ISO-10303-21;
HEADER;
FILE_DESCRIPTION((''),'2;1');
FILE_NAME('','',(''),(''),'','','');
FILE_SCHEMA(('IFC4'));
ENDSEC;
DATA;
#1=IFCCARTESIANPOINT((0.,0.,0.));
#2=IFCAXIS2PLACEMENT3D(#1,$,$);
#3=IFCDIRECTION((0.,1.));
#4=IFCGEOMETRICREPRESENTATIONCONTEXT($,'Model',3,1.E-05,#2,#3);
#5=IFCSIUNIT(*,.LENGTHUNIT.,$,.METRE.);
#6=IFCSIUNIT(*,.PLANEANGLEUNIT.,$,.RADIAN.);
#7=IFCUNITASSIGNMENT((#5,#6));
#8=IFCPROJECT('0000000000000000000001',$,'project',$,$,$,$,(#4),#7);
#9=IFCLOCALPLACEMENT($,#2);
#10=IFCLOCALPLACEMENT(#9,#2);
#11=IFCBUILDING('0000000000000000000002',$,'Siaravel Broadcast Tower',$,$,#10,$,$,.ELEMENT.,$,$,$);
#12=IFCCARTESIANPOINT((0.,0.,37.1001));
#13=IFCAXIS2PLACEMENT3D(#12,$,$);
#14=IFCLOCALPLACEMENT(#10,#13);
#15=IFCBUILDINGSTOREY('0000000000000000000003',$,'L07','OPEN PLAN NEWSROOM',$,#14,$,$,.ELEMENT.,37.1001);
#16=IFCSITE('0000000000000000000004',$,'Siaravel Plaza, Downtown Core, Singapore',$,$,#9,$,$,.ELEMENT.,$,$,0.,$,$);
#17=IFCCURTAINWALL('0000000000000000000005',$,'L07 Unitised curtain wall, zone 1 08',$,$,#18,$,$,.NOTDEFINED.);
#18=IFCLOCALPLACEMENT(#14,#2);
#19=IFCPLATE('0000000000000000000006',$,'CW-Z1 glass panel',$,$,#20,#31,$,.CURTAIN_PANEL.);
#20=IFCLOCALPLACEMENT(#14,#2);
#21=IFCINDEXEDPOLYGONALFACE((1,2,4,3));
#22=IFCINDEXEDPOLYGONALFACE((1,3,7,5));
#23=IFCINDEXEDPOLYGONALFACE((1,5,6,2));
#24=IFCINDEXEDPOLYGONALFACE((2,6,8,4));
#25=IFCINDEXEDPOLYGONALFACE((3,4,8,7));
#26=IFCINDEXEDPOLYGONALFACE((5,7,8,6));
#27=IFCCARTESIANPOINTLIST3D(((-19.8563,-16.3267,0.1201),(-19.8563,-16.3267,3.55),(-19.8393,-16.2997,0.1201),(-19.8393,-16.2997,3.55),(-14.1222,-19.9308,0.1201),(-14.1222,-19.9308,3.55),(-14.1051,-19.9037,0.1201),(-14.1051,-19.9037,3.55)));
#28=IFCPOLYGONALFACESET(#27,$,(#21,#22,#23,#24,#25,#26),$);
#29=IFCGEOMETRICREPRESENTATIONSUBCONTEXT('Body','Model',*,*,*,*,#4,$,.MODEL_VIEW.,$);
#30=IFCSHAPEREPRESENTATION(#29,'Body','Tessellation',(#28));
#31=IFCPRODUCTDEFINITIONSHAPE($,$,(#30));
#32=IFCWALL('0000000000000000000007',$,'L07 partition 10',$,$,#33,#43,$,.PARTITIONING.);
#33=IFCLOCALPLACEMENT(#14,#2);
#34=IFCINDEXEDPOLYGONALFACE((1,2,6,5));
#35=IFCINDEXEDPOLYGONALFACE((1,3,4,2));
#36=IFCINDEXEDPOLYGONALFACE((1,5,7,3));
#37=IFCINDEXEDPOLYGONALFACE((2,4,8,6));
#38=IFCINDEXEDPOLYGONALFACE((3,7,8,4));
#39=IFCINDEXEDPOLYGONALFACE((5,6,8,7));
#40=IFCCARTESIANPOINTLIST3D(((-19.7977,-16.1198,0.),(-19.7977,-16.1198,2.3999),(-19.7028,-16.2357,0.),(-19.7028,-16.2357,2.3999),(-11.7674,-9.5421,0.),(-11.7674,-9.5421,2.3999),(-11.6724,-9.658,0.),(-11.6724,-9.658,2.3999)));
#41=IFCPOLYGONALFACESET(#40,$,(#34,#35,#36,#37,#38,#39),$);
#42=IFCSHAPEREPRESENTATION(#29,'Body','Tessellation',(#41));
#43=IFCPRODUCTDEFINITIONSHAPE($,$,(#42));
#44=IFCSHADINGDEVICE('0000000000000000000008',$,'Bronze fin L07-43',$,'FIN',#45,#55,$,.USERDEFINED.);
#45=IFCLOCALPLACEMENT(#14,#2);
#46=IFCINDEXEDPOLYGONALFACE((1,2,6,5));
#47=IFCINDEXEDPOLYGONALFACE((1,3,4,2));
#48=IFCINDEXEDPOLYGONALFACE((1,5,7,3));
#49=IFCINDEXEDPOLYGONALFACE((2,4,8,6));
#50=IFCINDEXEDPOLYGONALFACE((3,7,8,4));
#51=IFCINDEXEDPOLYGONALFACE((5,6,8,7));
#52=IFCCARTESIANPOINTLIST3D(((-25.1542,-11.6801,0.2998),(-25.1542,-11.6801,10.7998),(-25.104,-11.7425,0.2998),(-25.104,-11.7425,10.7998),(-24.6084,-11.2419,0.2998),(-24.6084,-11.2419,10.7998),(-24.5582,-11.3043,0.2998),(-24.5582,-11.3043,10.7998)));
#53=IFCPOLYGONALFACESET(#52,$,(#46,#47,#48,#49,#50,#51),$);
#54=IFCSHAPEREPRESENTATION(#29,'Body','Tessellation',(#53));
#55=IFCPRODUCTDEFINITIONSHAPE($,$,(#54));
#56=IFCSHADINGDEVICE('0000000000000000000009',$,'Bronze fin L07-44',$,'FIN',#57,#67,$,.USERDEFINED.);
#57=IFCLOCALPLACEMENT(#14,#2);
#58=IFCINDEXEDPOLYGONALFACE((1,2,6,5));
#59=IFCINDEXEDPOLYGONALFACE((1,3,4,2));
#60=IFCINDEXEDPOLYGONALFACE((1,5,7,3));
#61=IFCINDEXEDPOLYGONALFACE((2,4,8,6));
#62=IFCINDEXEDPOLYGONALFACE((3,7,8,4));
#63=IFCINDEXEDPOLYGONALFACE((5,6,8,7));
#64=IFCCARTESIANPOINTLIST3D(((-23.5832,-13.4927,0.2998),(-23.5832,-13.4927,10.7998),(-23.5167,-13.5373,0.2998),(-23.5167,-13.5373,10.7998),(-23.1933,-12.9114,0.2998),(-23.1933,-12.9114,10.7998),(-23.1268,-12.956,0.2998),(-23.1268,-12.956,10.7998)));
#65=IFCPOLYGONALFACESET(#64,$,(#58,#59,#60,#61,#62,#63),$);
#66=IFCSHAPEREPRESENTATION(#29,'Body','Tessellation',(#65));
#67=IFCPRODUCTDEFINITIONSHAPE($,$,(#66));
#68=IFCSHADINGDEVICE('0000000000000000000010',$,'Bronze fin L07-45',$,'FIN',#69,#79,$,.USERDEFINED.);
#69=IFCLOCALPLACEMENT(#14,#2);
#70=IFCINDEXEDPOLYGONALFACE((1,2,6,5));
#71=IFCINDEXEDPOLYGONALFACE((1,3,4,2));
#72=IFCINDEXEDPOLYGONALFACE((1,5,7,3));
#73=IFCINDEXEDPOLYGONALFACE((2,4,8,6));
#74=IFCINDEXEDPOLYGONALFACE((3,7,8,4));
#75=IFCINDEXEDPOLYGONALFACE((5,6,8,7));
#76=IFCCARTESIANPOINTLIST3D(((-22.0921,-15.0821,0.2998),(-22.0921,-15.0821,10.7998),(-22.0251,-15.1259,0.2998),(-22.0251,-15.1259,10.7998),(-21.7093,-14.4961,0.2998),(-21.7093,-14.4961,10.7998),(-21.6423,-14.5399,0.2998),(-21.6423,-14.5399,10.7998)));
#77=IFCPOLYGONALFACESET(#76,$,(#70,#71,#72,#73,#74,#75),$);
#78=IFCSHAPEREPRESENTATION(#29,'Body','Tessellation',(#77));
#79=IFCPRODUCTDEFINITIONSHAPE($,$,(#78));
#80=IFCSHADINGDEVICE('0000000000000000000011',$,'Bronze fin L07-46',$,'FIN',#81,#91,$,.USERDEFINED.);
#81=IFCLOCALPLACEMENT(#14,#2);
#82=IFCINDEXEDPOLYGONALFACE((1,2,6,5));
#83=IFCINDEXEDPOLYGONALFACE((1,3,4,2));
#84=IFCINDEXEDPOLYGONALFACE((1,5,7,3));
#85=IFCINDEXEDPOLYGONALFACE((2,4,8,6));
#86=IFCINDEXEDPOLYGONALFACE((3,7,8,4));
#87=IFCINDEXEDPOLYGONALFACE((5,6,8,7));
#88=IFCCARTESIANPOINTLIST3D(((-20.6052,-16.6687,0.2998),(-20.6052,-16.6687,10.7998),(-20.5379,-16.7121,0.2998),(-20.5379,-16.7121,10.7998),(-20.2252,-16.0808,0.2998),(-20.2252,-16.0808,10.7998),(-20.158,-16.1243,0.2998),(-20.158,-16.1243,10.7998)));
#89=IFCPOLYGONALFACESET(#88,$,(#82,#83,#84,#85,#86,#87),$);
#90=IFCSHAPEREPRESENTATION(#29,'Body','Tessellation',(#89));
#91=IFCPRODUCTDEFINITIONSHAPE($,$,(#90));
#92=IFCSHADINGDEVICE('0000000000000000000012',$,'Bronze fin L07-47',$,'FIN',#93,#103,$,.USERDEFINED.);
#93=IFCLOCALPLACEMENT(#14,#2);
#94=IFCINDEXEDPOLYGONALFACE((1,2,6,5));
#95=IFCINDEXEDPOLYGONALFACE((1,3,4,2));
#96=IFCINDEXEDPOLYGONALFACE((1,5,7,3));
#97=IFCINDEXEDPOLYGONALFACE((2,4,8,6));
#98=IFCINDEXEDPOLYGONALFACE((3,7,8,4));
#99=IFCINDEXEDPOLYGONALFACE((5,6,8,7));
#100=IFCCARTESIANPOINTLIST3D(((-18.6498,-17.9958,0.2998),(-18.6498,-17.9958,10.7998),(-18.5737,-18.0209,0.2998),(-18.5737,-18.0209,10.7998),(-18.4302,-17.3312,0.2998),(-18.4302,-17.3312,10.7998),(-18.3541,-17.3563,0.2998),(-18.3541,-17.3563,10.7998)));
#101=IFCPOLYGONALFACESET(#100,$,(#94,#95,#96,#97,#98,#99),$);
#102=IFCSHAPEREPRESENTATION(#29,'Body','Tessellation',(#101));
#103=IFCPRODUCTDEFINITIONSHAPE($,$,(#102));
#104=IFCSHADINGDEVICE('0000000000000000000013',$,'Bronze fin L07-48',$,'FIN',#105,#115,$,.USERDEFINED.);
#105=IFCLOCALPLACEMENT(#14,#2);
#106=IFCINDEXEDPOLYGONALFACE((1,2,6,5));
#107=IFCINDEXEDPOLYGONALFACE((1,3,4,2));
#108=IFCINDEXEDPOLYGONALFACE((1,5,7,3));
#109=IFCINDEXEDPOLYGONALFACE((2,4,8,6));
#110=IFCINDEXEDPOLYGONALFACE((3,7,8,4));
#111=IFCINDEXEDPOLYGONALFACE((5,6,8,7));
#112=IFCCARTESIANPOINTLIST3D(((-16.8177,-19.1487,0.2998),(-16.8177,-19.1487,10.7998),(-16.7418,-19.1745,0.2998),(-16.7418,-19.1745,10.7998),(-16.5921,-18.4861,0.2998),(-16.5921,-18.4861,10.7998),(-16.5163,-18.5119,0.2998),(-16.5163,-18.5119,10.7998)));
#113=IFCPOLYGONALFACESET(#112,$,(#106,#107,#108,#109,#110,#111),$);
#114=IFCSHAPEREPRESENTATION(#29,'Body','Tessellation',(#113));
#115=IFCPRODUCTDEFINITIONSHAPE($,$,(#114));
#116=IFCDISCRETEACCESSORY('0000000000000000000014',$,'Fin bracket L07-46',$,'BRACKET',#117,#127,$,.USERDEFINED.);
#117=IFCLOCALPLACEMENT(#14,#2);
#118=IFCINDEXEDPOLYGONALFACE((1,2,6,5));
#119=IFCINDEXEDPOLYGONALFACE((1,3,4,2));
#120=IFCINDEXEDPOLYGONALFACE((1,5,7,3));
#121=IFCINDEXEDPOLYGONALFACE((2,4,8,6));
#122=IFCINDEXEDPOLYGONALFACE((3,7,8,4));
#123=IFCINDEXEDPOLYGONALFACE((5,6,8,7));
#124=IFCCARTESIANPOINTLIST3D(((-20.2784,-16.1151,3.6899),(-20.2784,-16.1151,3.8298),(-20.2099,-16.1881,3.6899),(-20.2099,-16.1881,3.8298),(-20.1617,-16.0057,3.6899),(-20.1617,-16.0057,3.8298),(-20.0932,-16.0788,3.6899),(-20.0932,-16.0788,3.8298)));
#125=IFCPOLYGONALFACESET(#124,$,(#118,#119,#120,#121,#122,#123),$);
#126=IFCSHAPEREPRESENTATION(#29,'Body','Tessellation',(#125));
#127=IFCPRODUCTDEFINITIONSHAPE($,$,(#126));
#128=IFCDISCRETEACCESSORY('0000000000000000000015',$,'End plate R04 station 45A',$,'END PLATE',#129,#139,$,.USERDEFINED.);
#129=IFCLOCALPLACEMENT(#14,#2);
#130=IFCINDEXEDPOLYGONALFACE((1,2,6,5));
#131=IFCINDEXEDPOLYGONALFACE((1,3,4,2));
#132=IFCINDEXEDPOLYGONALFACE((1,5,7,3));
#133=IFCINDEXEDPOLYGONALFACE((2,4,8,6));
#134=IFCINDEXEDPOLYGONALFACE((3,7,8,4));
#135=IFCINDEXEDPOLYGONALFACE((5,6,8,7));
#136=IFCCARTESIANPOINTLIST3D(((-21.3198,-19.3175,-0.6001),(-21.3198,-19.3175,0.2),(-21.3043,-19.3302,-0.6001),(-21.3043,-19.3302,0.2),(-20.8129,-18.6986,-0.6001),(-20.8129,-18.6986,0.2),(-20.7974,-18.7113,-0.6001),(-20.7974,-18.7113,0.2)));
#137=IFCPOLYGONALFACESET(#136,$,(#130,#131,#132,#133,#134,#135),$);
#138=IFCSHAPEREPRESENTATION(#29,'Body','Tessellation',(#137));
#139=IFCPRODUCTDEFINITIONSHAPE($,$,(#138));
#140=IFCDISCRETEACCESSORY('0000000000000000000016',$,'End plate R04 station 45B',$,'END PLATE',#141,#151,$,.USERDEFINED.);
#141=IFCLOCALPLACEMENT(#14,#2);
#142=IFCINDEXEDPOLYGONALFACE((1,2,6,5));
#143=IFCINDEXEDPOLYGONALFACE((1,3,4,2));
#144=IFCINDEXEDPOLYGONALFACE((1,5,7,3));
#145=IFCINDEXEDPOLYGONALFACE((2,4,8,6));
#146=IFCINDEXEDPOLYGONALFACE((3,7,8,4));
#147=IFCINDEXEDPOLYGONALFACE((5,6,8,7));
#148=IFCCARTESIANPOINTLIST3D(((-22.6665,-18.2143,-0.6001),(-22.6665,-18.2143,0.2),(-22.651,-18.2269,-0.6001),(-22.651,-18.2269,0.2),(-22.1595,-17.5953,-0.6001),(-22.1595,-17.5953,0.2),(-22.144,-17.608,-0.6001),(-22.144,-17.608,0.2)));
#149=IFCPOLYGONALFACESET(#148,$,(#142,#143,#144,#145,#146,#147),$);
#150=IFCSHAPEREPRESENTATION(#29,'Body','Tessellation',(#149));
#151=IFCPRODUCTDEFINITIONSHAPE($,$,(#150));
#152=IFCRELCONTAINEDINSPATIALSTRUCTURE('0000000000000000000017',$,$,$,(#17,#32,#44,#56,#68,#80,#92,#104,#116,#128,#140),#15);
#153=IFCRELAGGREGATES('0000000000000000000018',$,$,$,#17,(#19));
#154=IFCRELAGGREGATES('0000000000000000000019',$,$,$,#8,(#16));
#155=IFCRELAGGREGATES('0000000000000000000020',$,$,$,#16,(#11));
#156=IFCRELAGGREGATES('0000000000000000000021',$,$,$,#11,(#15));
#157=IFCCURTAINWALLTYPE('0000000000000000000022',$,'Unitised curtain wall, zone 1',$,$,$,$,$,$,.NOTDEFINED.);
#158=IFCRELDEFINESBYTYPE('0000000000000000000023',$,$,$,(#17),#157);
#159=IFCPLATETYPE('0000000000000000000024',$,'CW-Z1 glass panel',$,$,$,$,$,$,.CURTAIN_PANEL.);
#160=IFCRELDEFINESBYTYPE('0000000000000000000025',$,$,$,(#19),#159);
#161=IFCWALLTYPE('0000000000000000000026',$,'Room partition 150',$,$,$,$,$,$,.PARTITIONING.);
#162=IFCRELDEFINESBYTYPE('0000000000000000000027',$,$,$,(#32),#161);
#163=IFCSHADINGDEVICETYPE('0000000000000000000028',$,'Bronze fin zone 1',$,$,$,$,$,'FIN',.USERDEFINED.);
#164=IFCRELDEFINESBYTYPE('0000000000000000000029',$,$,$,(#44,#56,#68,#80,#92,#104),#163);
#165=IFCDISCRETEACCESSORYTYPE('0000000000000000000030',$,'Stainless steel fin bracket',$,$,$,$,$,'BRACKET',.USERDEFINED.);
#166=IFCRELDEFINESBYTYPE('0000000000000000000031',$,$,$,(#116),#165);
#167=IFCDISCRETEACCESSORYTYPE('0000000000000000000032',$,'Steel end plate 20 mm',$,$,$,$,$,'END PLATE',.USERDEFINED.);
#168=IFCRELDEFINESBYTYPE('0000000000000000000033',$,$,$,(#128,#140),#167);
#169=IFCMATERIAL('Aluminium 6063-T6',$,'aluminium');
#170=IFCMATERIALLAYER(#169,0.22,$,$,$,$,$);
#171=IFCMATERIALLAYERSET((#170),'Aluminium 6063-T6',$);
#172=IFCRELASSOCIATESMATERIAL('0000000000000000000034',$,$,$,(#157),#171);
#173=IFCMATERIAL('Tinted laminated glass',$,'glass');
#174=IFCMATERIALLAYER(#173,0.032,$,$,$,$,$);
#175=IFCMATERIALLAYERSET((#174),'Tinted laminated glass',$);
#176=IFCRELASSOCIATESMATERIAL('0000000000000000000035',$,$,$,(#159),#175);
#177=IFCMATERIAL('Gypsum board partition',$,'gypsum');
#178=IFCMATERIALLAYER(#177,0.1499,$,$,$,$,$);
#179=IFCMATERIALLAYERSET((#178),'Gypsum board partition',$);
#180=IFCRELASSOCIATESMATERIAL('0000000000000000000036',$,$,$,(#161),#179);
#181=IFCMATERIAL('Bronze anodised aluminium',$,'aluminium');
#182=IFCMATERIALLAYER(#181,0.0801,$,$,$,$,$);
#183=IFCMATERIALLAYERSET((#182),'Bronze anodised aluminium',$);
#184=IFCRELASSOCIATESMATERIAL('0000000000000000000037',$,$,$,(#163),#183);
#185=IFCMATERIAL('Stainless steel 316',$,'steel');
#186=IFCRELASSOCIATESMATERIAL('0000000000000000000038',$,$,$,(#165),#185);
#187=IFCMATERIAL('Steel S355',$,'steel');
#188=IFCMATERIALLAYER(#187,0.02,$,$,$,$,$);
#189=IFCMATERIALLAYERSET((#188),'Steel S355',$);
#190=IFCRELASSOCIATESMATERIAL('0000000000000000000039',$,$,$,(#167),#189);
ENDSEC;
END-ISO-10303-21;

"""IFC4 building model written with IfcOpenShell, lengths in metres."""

from ifc_helpers import new_model, si_unit, direction, frame, frame_2d, origin, origin_2d, place, context, subcontext, project, spatial, rectangle, extrude, material, layer, layer_set, type_object, element, aggregate, save


model = new_model("IFC4")

# Units and contexts
model_context = context("Model", 3, precision=1e-05, world=origin(), true_north=direction((0.0, 1.0)))
body_context = subcontext(model_context, "Body", "Model", "MODEL_VIEW")
ifc_project = project(units=[si_unit("LENGTHUNIT", "METRE"), si_unit("PLANEANGLEUNIT", "RADIAN")], contexts=[model_context])

# Site, building, storey
site_placement = place(None, origin())
site = spatial("IfcSite", under=ifc_project, at=site_placement, Name="Siaravel Plaza, Downtown Core, Singapore", CompositionType="ELEMENT", RefElevation=0.0)
building_placement = place(site_placement, origin())
building = spatial("IfcBuilding", under=site, at=building_placement, Name="Siaravel Broadcast Tower", CompositionType="ELEMENT")
storey_placement = place(building_placement, frame((0.0, 0.0, 37.1001)))
storey = spatial("IfcBuildingStorey", under=building, at=storey_placement, Name="L07", Description="OPEN PLAN NEWSROOM", CompositionType="ELEMENT", Elevation=37.1001)

# Shared definitions
ifc_material_1 = material(Name="Steel S355", Category="steel")

# Shared definitions
ifc_material_2 = material(Name="Aluminium 6063-T6", Category="aluminium")
ifc_layer_1 = layer(ifc_material_2, 0.22)
ifc_layer_set_1 = layer_set([ifc_layer_1], Name="Aluminium 6063-T6")
curtain_wall_type = type_object("IfcCurtainWallType", Name="Unitised curtain wall, zone 1", PredefinedType="NOTDEFINED", material=ifc_layer_set_1)

# Curtain wall
curtain_wall_1_placement = place(storey_placement, origin())
curtain_wall_1 = element("IfcCurtainWall", 1, at=curtain_wall_1_placement, inside=storey, type_object=curtain_wall_type, Name="L07 Unitised curtain wall, zone 1 08", PredefinedType="NOTDEFINED")

# Plate
ifc_material_3 = material(Name="Tinted laminated glass", Category="glass")
ifc_layer_2 = layer(ifc_material_3, 0.032)
ifc_layer_set_2 = layer_set([ifc_layer_2], Name="Tinted laminated glass")
plate_type = type_object("IfcPlateType", Name="CW-Z1 glass panel", PredefinedType="CURTAIN_PANEL", material=ifc_layer_set_2)
plate_1_placement = place(storey_placement, frame((-16.9807, -18.1152, 0.1201), z_axis=(0.0, 0.0, 1.0), x_axis=(0.846651, -0.532149, 0.0)))
plate_1 = element("IfcPlate", 2, at=plate_1_placement, type_object=plate_type, Name="CW-Z1 glass panel", PredefinedType="CURTAIN_PANEL", context=body_context, shape_type="SweptSolid", body=[
    extrude(rectangle(XDim=6.7727, YDim=0.032, at=origin_2d()), origin(), (0.0, 0.0, 1.0), 3.4299),
])
aggregate(curtain_wall_1, [plate_1])

# Wall
ifc_material_4 = material(Name="Gypsum board partition", Category="gypsum")
ifc_layer_3 = layer(ifc_material_4, 0.1499)
ifc_layer_set_3 = layer_set([ifc_layer_3], Name="Gypsum board partition")
wall_type = type_object("IfcWallType", Name="Room partition 150", PredefinedType="PARTITIONING", material=ifc_layer_set_3)
wall_placement = place(storey_placement, frame((-19.7502, -16.1777, 0.0), z_axis=(0.0, 0.0, 1.0), x_axis=(0.773607, 0.633665, 0.0)))
element("IfcWall", 3, at=wall_placement, inside=storey, type_object=wall_type, Name="L07 partition 10", PredefinedType="PARTITIONING", context=body_context, shape_type="SweptSolid", body=[
    extrude(rectangle(XDim=10.3804, YDim=0.1499, at=frame_2d((5.1902, 0.0))), origin(), (0.0, 0.0, 1.0), 2.3999),
])

# Shading devices
ifc_material_5 = material(Name="Bronze anodised aluminium", Category="aluminium")
ifc_layer_4 = layer(ifc_material_5, 0.0801)
ifc_layer_set_4 = layer_set([ifc_layer_4], Name="Bronze anodised aluminium")
shading_device_type = type_object("IfcShadingDeviceType", Name="Bronze fin zone 1", ElementType="FIN", PredefinedType="USERDEFINED", material=ifc_layer_set_4)
for number, where, z_axis, x_axis, name in (
    (4, (-24.8562, -11.4922, 0.2998), (0.0, 0.0, 1.0), (-0.779807, -0.62602, 0.0), "Bronze fin L07-43"),
    (5, (-23.355, -13.2244, 0.2998), (0.0, 0.0, 1.0), (-0.55699, -0.830519, 0.0), "Bronze fin L07-44"),
    (6, (-21.8672, -14.811, 0.2998), (0.0, 0.0, 1.0), (-0.546869, -0.837218, 0.0), "Bronze fin L07-45"),
    (7, (-20.3816, -16.3965, 0.2998), (0.0, 0.0, 1.0), (-0.542812, -0.839854, 0.0), "Bronze fin L07-46"),
    (8, (-18.502, -17.676, 0.2998), (0.0, 0.0, 1.0), (-0.313739, -0.949509, 0.0), "Bronze fin L07-47"),
    (9, (-16.667, -18.8303, 0.2998), (0.0, 0.0, 1.0), (-0.322176, -0.94668, 0.0), "Bronze fin L07-48"),
):
    element("IfcShadingDevice", number, at=place(storey_placement, frame(where, z_axis=z_axis, x_axis=x_axis)), inside=storey, type_object=shading_device_type, Name=name, ObjectType="FIN", PredefinedType="USERDEFINED", context=body_context, shape_type="SweptSolid", body=[
        extrude(rectangle(XDim=0.7, YDim=0.0801, at=origin_2d()), origin(), (0.0, 0.0, 1.0), 10.5),
    ])

# Discrete accessories
ifc_material_6 = material(Name="Stainless steel 316", Category="steel")
discrete_accessory_type_1 = type_object("IfcDiscreteAccessoryType", Name="Stainless steel fin bracket", ElementType="BRACKET", PredefinedType="USERDEFINED", material=ifc_material_6)
discrete_accessory_placement = place(storey_placement, frame((-20.1858, -16.0969, 3.6899), z_axis=(0.0, 0.0, 1.0), x_axis=(-0.729804, -0.683656, 0.0)))
element("IfcDiscreteAccessory", 10, at=discrete_accessory_placement, inside=storey, type_object=discrete_accessory_type_1, Name="Fin bracket L07-46", ObjectType="BRACKET", PredefinedType="USERDEFINED", context=body_context, shape_type="SweptSolid", body=[
    extrude(rectangle(XDim=0.1599, YDim=0.1001, at=origin_2d()), origin(), (0.0, 0.0, 1.0), 0.1399),
])
ifc_layer_5 = layer(ifc_material_1, 0.02)
ifc_layer_set_5 = layer_set([ifc_layer_5], Name="Steel S355")
discrete_accessory_type_2 = type_object("IfcDiscreteAccessoryType", Name="Steel end plate 20 mm", ElementType="END PLATE", PredefinedType="USERDEFINED", material=ifc_layer_set_5)
for number, where, z_axis, x_axis, name in (
    (11, (-21.0586, -19.0144, -0.6001), (0.0, 0.0, 1.0), (0.773605, -0.633669, 0.0), "End plate R04 station 45A"),
    (12, (-22.4053, -17.9111, -0.6001), (0.0, 0.0, 1.0), (0.773605, -0.633669, 0.0), "End plate R04 station 45B"),
):
    element("IfcDiscreteAccessory", number, at=place(storey_placement, frame(where, z_axis=z_axis, x_axis=x_axis)), inside=storey, type_object=discrete_accessory_type_2, Name=name, ObjectType="END PLATE", PredefinedType="USERDEFINED", context=body_context, shape_type="SweptSolid", body=[
        extrude(rectangle(XDim=0.02, YDim=0.8, at=origin_2d()), origin(), (0.0, 0.0, 1.0), 0.8),
    ])

save(model, "model.ifc")
